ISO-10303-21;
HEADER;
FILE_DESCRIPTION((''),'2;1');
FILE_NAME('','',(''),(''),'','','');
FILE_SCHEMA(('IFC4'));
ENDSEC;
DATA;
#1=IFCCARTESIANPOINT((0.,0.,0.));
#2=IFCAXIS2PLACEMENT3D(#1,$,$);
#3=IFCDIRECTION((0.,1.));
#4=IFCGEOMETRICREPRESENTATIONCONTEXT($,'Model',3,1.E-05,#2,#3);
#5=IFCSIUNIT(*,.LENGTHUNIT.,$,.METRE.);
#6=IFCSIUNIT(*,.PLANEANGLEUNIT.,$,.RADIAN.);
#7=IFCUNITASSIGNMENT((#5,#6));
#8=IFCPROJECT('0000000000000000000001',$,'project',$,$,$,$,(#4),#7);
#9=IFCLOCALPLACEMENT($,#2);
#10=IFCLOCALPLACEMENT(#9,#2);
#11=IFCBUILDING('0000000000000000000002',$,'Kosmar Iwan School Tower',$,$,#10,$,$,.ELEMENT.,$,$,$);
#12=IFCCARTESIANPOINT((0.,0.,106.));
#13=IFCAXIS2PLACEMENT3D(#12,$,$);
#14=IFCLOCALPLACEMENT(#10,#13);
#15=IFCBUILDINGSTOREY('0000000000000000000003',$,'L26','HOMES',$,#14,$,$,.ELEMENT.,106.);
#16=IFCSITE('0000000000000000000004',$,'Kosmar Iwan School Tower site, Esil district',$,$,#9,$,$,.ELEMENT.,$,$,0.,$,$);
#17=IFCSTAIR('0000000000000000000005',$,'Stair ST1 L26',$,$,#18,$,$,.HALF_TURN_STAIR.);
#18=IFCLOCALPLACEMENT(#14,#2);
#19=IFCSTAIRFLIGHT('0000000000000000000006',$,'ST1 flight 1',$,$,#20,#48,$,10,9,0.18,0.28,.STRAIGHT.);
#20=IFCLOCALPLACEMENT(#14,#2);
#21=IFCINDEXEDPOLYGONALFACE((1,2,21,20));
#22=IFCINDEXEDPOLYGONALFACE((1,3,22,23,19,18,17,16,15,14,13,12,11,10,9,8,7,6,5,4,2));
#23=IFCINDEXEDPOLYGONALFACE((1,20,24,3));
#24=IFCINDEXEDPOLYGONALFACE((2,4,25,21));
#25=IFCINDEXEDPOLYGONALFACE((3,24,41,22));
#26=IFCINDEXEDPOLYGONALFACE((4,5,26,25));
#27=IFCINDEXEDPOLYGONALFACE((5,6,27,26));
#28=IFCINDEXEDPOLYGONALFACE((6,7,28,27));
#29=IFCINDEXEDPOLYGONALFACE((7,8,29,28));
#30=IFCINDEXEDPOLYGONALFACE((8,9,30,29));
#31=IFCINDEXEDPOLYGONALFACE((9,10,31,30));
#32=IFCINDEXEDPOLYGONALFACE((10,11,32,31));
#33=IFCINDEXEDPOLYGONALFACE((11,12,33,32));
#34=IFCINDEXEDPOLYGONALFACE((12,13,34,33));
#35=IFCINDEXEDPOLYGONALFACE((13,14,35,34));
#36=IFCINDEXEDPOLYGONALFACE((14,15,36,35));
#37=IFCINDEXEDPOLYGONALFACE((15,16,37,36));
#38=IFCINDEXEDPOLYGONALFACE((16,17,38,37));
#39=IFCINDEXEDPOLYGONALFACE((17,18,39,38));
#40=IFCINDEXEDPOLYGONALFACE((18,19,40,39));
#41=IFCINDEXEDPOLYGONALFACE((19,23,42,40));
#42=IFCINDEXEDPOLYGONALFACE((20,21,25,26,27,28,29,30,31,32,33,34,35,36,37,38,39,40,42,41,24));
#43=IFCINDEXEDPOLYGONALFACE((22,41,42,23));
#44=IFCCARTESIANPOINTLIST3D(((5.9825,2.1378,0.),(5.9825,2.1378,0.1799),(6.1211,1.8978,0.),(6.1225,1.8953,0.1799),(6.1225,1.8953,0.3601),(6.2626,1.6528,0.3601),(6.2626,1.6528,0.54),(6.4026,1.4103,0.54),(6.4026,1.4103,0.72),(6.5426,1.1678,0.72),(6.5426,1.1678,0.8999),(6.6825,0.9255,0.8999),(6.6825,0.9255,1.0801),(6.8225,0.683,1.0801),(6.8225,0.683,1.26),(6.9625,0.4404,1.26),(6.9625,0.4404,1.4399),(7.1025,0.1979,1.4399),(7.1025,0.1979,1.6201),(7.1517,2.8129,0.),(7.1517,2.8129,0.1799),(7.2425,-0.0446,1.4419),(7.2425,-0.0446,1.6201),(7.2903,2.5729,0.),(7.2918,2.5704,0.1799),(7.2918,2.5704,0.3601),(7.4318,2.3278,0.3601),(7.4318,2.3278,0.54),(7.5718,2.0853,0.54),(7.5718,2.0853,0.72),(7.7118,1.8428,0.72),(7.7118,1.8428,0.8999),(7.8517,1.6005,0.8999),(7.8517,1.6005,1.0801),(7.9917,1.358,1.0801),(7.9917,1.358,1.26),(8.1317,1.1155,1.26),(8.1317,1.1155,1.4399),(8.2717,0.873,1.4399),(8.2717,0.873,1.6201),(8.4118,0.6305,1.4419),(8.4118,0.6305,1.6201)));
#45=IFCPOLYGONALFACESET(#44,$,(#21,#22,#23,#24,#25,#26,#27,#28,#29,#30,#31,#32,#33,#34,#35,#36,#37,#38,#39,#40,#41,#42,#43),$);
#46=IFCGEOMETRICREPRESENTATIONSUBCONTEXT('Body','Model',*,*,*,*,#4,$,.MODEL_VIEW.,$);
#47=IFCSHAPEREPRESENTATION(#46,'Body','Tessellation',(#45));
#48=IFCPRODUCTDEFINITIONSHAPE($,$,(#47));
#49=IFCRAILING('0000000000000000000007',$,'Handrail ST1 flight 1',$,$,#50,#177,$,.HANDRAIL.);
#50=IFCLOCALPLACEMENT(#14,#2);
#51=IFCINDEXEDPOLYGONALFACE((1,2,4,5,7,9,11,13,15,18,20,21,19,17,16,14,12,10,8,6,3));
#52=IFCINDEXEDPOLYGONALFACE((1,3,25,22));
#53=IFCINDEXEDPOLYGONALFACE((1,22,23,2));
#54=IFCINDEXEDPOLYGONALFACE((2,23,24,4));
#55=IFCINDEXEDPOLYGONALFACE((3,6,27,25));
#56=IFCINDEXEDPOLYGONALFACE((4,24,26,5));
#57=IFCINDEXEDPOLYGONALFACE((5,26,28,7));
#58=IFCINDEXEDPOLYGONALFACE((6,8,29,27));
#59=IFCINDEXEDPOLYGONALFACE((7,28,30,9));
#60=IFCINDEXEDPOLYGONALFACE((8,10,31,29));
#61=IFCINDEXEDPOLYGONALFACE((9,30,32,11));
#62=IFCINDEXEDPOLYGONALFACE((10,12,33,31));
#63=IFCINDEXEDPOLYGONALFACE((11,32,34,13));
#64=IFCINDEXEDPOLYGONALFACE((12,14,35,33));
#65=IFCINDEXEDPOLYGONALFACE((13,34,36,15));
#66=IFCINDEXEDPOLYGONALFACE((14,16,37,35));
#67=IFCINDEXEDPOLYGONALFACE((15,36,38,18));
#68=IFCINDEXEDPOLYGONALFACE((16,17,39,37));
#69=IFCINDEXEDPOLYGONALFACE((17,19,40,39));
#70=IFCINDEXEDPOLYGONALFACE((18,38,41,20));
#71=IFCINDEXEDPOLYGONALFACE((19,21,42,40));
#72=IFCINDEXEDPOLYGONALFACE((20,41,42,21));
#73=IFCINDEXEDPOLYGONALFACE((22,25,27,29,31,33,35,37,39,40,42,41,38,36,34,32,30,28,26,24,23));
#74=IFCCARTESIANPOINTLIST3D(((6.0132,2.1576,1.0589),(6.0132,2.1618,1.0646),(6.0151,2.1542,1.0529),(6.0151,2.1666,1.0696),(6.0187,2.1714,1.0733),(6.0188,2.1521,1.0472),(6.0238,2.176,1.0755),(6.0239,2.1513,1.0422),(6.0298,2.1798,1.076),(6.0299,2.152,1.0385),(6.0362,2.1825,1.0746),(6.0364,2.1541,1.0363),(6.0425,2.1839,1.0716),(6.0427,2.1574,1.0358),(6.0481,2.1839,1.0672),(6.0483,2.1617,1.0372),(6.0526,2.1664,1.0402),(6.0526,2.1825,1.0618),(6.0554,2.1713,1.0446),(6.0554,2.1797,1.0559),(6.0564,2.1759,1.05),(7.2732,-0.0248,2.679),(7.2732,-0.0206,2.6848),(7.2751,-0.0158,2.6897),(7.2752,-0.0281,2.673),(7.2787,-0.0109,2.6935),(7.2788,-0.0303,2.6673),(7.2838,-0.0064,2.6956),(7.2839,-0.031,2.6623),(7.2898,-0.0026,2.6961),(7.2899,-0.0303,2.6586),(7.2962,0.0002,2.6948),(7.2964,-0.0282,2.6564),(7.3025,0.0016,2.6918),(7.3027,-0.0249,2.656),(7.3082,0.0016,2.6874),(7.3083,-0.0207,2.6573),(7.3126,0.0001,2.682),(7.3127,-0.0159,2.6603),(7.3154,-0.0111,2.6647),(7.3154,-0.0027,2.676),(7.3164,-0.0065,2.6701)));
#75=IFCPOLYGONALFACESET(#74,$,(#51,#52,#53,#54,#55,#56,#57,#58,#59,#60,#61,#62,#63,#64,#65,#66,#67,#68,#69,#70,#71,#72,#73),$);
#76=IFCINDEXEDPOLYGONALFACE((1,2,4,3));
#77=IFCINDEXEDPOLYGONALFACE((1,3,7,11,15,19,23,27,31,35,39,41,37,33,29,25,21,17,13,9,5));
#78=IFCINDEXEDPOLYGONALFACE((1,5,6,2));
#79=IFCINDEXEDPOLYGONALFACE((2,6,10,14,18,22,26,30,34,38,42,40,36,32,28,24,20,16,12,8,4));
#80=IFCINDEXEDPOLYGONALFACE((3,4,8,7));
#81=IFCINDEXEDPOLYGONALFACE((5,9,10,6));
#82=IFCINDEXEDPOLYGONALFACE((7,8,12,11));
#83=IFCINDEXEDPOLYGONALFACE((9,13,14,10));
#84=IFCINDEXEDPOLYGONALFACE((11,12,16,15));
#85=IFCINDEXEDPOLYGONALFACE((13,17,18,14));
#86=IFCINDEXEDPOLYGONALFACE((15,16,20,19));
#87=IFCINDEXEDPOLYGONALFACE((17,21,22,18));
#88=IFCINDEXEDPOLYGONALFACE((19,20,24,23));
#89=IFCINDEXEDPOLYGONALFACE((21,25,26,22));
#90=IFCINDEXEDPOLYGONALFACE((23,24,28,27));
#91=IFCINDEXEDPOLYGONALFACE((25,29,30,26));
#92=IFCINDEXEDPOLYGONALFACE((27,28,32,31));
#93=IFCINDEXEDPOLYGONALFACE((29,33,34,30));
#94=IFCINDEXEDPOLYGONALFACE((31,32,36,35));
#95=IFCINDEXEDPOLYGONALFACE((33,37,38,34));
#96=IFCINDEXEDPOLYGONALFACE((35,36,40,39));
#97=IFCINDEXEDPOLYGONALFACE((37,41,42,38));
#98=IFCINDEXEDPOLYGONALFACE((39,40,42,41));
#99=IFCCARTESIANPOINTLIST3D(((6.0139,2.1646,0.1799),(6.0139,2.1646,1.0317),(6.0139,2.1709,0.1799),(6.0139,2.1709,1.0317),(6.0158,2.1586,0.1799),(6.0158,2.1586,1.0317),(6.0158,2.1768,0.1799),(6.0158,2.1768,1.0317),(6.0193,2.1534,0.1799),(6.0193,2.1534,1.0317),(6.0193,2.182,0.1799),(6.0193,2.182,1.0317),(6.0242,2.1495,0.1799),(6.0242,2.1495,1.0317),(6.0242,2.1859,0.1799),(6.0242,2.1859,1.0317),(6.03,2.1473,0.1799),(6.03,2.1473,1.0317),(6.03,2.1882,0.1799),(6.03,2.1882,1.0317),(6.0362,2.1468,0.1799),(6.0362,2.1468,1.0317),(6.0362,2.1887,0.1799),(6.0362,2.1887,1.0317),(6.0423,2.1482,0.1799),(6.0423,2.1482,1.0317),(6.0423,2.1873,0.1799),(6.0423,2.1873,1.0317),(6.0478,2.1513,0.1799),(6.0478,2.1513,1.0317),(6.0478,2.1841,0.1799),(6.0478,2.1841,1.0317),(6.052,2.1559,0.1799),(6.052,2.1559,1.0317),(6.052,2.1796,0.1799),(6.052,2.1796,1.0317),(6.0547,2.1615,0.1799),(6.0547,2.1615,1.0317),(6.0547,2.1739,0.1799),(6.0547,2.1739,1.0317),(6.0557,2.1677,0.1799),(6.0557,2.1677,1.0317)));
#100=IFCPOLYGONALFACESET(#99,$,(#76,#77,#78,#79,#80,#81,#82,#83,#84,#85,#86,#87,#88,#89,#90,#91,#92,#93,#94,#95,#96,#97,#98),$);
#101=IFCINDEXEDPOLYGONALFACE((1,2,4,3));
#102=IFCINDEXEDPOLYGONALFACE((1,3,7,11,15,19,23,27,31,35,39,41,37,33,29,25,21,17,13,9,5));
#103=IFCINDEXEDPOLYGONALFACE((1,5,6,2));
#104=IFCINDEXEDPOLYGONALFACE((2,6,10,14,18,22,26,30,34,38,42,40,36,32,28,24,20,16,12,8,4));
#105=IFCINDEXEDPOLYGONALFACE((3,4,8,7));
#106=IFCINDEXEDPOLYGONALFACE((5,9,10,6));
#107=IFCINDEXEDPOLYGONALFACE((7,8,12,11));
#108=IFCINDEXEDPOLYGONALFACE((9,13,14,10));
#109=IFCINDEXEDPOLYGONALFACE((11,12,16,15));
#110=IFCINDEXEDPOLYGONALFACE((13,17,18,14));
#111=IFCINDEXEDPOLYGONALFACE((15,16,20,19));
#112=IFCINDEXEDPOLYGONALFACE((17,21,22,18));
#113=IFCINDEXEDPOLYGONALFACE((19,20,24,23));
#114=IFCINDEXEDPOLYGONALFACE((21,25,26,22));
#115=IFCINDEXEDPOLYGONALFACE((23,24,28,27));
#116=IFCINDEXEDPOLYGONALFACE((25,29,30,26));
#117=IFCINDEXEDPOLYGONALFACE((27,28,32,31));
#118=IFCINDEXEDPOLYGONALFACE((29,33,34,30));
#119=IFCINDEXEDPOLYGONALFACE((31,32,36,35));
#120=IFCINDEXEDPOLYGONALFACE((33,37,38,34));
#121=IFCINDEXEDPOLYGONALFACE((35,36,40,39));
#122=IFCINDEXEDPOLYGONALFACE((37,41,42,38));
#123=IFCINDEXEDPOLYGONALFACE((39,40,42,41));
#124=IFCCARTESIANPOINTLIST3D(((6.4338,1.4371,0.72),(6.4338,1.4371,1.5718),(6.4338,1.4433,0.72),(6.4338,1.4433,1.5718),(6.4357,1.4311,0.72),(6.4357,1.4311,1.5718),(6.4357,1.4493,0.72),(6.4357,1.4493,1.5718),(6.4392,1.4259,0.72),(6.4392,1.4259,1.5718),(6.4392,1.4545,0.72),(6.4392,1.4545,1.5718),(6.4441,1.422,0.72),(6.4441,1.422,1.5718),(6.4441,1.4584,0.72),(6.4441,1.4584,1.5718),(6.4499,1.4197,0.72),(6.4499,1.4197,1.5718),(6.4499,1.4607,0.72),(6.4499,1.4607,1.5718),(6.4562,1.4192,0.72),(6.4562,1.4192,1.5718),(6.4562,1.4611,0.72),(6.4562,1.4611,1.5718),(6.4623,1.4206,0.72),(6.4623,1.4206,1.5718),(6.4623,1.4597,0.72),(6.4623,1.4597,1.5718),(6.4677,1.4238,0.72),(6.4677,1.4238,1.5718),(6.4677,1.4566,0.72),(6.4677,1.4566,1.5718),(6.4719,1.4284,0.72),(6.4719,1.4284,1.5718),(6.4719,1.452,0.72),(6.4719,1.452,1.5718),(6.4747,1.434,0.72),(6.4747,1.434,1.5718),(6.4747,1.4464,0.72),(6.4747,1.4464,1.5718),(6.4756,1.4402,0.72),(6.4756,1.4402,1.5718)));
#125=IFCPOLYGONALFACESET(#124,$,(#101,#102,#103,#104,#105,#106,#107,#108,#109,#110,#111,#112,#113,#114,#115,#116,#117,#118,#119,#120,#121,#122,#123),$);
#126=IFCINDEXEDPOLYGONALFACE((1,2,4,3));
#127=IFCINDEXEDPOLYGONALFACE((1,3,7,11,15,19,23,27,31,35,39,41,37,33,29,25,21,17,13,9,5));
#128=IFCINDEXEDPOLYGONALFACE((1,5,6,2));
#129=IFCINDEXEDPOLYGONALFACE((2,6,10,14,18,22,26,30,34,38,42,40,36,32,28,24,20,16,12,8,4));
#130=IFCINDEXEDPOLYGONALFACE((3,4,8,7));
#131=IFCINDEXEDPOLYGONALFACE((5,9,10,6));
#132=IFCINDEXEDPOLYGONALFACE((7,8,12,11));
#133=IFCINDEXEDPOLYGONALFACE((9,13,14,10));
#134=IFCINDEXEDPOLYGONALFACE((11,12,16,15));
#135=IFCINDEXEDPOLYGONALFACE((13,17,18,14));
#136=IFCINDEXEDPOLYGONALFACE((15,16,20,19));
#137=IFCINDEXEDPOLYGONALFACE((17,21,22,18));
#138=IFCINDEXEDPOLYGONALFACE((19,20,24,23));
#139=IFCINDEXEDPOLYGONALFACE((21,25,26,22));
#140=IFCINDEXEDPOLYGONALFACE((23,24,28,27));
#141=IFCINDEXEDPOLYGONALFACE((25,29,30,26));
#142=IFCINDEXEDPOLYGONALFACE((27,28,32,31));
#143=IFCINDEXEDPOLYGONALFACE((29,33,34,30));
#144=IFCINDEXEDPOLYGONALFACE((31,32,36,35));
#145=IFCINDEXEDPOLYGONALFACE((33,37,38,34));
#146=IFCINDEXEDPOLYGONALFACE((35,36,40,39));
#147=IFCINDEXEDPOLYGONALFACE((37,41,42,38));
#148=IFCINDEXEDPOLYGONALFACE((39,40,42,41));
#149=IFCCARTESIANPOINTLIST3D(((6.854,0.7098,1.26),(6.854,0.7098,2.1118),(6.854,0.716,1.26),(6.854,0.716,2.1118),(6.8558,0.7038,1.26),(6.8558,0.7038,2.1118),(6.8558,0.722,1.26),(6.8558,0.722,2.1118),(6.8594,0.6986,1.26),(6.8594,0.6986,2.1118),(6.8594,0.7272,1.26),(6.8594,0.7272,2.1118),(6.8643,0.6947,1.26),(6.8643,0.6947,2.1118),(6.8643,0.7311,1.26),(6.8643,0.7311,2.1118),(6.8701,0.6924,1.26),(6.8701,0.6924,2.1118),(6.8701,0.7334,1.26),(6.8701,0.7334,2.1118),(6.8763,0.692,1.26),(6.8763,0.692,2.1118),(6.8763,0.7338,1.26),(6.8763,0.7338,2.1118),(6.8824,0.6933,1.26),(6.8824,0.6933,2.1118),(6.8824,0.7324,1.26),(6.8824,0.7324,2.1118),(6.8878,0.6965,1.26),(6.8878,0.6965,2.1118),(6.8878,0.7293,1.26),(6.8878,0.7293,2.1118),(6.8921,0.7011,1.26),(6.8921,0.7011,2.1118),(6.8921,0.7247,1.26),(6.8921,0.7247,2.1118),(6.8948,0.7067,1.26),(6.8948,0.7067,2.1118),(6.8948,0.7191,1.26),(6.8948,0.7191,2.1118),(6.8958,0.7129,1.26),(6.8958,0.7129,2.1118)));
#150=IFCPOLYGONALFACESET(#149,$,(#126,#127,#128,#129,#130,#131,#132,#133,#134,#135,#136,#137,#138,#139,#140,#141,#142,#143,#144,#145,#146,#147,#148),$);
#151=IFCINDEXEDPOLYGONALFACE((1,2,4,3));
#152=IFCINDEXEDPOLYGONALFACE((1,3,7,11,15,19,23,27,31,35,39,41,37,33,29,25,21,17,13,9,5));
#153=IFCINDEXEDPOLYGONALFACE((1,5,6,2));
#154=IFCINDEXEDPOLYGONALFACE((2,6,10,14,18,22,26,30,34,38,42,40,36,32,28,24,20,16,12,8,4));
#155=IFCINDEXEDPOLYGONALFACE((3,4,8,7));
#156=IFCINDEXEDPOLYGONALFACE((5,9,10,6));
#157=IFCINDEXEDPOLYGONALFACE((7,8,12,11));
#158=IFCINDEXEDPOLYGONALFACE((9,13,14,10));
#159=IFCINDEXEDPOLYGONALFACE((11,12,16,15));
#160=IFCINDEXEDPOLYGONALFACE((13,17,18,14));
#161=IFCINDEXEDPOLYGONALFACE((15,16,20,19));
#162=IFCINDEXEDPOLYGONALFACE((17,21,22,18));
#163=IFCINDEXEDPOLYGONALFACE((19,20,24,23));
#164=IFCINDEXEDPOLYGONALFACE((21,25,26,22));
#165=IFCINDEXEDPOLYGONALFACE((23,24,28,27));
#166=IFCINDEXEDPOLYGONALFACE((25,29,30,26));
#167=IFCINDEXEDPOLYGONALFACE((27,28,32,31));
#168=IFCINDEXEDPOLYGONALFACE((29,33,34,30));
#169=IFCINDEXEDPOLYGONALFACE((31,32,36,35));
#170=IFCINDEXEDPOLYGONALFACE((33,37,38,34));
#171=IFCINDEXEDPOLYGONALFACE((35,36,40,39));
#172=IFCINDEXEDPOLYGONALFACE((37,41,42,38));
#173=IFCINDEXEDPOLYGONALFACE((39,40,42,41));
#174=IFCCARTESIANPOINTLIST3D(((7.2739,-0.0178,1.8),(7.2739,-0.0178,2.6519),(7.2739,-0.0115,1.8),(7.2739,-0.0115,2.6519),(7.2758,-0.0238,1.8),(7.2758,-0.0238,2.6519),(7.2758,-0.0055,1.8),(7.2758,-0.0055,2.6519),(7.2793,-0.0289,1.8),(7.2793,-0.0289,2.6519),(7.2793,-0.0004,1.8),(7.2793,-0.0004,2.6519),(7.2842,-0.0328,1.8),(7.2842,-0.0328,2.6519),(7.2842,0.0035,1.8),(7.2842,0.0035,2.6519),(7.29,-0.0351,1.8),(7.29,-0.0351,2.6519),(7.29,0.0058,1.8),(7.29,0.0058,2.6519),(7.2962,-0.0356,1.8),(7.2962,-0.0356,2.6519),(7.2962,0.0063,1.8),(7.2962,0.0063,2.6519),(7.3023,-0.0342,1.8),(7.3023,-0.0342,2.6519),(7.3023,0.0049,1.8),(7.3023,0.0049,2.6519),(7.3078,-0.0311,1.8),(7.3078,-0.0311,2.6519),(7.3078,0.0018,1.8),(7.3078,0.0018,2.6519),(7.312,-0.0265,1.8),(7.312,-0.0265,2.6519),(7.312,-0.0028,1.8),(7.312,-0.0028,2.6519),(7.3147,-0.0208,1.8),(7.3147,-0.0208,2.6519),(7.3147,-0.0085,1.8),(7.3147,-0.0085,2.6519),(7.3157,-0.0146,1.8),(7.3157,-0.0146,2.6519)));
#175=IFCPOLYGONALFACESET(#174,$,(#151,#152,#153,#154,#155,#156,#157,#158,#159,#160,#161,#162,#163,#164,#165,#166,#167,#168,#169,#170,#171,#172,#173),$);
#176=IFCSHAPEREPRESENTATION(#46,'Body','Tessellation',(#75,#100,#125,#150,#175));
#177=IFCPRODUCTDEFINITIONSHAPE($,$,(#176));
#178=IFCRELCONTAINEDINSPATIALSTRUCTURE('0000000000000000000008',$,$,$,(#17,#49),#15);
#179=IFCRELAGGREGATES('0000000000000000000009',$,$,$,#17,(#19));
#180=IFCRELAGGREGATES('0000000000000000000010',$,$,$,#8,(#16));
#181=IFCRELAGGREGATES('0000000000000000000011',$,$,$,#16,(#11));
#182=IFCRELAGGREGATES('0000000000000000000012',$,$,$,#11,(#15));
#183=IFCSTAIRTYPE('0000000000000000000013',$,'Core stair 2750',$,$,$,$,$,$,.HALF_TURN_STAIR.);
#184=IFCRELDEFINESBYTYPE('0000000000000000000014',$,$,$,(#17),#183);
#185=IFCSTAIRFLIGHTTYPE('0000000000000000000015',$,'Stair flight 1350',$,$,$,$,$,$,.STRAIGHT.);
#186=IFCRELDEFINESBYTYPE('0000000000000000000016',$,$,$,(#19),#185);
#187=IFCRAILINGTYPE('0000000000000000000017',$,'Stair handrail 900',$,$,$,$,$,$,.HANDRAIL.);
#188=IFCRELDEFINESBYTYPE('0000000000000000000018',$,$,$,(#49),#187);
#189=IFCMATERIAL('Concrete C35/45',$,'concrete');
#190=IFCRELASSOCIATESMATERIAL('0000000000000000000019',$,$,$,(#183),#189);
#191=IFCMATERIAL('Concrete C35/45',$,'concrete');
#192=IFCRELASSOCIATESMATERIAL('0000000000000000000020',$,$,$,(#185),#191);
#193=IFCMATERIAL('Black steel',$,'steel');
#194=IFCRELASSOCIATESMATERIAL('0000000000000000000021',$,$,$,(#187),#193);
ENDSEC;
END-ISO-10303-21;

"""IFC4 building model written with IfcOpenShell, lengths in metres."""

from ifc_helpers import new_model, si_unit, direction, frame, origin, origin_2d, place, context, subcontext, project, spatial, polyline, circle, outline, extrude, material, type_object, element, aggregate, save


model = new_model("IFC4")

# Units and contexts
model_context = context("Model", 3, precision=1e-05, world=origin(), true_north=direction((0.0, 1.0)))
body_context = subcontext(model_context, "Body", "Model", "MODEL_VIEW")
ifc_project = project(units=[si_unit("LENGTHUNIT", "METRE"), si_unit("PLANEANGLEUNIT", "RADIAN")], contexts=[model_context])

# Site, building, storey
site_placement = place(None, origin())
site = spatial("IfcSite", under=ifc_project, at=site_placement, Name="Kosmar Iwan School Tower site, Esil district", CompositionType="ELEMENT", RefElevation=0.0)
building_placement = place(site_placement, origin())
building = spatial("IfcBuilding", under=site, at=building_placement, Name="Kosmar Iwan School Tower", CompositionType="ELEMENT")
storey_placement = place(building_placement, frame((0.0, 0.0, 106.0)))
storey = spatial("IfcBuildingStorey", under=building, at=storey_placement, Name="L26", Description="HOMES", CompositionType="ELEMENT", Elevation=106.0)

# Stair, stair flight
ifc_material_1 = material(Name="Concrete C35/45", Category="concrete")
stair_type_1 = type_object("IfcStairType", Name="Core stair 2750", PredefinedType="HALF_TURN_STAIR", material=ifc_material_1)
stair_1_placement = place(storey_placement, origin())
stair_1 = element("IfcStair", 1, at=stair_1_placement, inside=storey, type_object=stair_type_1, Name="Stair ST1 L26", PredefinedType="HALF_TURN_STAIR")
ifc_material_2 = material(Name="Concrete C35/45", Category="concrete")
stair_flight_type = type_object("IfcStairFlightType", Name="Stair flight 1350", PredefinedType="STRAIGHT", material=ifc_material_2)
stair_flight_placement = place(storey_placement, frame((6.5671, 2.4753, 0.0), z_axis=(0.0, 0.0, 1.0), x_axis=(0.5, -0.866025, 0.0)))
stair_flight = element("IfcStairFlight", 2, at=stair_flight_placement, type_object=stair_flight_type, Name="ST1 flight 1", NumberOfRisers=10, NumberOfTreads=9, PredefinedType="STRAIGHT", RiserHeight=0.18, TreadLength=0.28, context=body_context, shape_type="SweptSolid", body=[
    extrude(outline(polyline([(0.0, 0.0), (0.0, 0.1799), (0.28, 0.1799), (0.28, 0.3601), (0.5601, 0.3601), (0.5601, 0.54), (0.8401, 0.54), (0.8401, 0.72), (1.1201, 0.72), (1.1201, 0.8999), (1.3999, 0.8999), (1.3999, 1.0801), (1.6799, 1.0801), (1.6799, 1.26), (1.96, 1.26), (1.96, 1.4399), (2.24, 1.4399), (2.24, 1.6201), (2.52, 1.6201), (2.52, 1.8), (2.52, 1.4419), (0.2771, 0.0), (0.0, 0.0)])), frame((0.0, 0.675, 0.0), z_axis=(0.0, -1.0, 0.0), x_axis=(1.0, 0.0, 0.0)), (0.0, 0.0, 1.0), 1.3501),
])
aggregate(stair_1, [stair_flight])

# Railing
ifc_material_3 = material(Name="Black steel", Category="steel")
railing_type = type_object("IfcRailingType", Name="Stair handrail 900", PredefinedType="HANDRAIL", material=ifc_material_3)
railing_placement = place(storey_placement, frame((6.0347, 2.1677, 0.1799)))
element("IfcRailing", 3, at=railing_placement, inside=storey, type_object=railing_type, Name="Handrail ST1 flight 1", PredefinedType="HANDRAIL", context=body_context, shape_type="SweptSolid", body=[
    extrude(circle(Radius=0.0239, at=origin_2d()), frame((0.0, 0.0, 0.876), z_axis=(0.420584, -0.728464, 0.540786), x_axis=(0.866023, 0.500005, 0.0)), (0.0, 0.0, 1.0), 2.9958),
    extrude(circle(Radius=0.021, at=origin_2d()), origin(), (0.0, 0.0, 1.0), 0.8518),
    extrude(circle(Radius=0.021, at=origin_2d()), frame((0.4199, -0.7275, 0.54)), (0.0, 0.0, 1.0), 0.8518),
    extrude(circle(Radius=0.021, at=origin_2d()), frame((0.8401, -1.4548, 1.0801)), (0.0, 0.0, 1.0), 0.8518),
    extrude(circle(Radius=0.021, at=origin_2d()), frame((1.26, -2.1824, 1.6201)), (0.0, 0.0, 1.0), 0.8518),
])

save(model, "model.ifc")
